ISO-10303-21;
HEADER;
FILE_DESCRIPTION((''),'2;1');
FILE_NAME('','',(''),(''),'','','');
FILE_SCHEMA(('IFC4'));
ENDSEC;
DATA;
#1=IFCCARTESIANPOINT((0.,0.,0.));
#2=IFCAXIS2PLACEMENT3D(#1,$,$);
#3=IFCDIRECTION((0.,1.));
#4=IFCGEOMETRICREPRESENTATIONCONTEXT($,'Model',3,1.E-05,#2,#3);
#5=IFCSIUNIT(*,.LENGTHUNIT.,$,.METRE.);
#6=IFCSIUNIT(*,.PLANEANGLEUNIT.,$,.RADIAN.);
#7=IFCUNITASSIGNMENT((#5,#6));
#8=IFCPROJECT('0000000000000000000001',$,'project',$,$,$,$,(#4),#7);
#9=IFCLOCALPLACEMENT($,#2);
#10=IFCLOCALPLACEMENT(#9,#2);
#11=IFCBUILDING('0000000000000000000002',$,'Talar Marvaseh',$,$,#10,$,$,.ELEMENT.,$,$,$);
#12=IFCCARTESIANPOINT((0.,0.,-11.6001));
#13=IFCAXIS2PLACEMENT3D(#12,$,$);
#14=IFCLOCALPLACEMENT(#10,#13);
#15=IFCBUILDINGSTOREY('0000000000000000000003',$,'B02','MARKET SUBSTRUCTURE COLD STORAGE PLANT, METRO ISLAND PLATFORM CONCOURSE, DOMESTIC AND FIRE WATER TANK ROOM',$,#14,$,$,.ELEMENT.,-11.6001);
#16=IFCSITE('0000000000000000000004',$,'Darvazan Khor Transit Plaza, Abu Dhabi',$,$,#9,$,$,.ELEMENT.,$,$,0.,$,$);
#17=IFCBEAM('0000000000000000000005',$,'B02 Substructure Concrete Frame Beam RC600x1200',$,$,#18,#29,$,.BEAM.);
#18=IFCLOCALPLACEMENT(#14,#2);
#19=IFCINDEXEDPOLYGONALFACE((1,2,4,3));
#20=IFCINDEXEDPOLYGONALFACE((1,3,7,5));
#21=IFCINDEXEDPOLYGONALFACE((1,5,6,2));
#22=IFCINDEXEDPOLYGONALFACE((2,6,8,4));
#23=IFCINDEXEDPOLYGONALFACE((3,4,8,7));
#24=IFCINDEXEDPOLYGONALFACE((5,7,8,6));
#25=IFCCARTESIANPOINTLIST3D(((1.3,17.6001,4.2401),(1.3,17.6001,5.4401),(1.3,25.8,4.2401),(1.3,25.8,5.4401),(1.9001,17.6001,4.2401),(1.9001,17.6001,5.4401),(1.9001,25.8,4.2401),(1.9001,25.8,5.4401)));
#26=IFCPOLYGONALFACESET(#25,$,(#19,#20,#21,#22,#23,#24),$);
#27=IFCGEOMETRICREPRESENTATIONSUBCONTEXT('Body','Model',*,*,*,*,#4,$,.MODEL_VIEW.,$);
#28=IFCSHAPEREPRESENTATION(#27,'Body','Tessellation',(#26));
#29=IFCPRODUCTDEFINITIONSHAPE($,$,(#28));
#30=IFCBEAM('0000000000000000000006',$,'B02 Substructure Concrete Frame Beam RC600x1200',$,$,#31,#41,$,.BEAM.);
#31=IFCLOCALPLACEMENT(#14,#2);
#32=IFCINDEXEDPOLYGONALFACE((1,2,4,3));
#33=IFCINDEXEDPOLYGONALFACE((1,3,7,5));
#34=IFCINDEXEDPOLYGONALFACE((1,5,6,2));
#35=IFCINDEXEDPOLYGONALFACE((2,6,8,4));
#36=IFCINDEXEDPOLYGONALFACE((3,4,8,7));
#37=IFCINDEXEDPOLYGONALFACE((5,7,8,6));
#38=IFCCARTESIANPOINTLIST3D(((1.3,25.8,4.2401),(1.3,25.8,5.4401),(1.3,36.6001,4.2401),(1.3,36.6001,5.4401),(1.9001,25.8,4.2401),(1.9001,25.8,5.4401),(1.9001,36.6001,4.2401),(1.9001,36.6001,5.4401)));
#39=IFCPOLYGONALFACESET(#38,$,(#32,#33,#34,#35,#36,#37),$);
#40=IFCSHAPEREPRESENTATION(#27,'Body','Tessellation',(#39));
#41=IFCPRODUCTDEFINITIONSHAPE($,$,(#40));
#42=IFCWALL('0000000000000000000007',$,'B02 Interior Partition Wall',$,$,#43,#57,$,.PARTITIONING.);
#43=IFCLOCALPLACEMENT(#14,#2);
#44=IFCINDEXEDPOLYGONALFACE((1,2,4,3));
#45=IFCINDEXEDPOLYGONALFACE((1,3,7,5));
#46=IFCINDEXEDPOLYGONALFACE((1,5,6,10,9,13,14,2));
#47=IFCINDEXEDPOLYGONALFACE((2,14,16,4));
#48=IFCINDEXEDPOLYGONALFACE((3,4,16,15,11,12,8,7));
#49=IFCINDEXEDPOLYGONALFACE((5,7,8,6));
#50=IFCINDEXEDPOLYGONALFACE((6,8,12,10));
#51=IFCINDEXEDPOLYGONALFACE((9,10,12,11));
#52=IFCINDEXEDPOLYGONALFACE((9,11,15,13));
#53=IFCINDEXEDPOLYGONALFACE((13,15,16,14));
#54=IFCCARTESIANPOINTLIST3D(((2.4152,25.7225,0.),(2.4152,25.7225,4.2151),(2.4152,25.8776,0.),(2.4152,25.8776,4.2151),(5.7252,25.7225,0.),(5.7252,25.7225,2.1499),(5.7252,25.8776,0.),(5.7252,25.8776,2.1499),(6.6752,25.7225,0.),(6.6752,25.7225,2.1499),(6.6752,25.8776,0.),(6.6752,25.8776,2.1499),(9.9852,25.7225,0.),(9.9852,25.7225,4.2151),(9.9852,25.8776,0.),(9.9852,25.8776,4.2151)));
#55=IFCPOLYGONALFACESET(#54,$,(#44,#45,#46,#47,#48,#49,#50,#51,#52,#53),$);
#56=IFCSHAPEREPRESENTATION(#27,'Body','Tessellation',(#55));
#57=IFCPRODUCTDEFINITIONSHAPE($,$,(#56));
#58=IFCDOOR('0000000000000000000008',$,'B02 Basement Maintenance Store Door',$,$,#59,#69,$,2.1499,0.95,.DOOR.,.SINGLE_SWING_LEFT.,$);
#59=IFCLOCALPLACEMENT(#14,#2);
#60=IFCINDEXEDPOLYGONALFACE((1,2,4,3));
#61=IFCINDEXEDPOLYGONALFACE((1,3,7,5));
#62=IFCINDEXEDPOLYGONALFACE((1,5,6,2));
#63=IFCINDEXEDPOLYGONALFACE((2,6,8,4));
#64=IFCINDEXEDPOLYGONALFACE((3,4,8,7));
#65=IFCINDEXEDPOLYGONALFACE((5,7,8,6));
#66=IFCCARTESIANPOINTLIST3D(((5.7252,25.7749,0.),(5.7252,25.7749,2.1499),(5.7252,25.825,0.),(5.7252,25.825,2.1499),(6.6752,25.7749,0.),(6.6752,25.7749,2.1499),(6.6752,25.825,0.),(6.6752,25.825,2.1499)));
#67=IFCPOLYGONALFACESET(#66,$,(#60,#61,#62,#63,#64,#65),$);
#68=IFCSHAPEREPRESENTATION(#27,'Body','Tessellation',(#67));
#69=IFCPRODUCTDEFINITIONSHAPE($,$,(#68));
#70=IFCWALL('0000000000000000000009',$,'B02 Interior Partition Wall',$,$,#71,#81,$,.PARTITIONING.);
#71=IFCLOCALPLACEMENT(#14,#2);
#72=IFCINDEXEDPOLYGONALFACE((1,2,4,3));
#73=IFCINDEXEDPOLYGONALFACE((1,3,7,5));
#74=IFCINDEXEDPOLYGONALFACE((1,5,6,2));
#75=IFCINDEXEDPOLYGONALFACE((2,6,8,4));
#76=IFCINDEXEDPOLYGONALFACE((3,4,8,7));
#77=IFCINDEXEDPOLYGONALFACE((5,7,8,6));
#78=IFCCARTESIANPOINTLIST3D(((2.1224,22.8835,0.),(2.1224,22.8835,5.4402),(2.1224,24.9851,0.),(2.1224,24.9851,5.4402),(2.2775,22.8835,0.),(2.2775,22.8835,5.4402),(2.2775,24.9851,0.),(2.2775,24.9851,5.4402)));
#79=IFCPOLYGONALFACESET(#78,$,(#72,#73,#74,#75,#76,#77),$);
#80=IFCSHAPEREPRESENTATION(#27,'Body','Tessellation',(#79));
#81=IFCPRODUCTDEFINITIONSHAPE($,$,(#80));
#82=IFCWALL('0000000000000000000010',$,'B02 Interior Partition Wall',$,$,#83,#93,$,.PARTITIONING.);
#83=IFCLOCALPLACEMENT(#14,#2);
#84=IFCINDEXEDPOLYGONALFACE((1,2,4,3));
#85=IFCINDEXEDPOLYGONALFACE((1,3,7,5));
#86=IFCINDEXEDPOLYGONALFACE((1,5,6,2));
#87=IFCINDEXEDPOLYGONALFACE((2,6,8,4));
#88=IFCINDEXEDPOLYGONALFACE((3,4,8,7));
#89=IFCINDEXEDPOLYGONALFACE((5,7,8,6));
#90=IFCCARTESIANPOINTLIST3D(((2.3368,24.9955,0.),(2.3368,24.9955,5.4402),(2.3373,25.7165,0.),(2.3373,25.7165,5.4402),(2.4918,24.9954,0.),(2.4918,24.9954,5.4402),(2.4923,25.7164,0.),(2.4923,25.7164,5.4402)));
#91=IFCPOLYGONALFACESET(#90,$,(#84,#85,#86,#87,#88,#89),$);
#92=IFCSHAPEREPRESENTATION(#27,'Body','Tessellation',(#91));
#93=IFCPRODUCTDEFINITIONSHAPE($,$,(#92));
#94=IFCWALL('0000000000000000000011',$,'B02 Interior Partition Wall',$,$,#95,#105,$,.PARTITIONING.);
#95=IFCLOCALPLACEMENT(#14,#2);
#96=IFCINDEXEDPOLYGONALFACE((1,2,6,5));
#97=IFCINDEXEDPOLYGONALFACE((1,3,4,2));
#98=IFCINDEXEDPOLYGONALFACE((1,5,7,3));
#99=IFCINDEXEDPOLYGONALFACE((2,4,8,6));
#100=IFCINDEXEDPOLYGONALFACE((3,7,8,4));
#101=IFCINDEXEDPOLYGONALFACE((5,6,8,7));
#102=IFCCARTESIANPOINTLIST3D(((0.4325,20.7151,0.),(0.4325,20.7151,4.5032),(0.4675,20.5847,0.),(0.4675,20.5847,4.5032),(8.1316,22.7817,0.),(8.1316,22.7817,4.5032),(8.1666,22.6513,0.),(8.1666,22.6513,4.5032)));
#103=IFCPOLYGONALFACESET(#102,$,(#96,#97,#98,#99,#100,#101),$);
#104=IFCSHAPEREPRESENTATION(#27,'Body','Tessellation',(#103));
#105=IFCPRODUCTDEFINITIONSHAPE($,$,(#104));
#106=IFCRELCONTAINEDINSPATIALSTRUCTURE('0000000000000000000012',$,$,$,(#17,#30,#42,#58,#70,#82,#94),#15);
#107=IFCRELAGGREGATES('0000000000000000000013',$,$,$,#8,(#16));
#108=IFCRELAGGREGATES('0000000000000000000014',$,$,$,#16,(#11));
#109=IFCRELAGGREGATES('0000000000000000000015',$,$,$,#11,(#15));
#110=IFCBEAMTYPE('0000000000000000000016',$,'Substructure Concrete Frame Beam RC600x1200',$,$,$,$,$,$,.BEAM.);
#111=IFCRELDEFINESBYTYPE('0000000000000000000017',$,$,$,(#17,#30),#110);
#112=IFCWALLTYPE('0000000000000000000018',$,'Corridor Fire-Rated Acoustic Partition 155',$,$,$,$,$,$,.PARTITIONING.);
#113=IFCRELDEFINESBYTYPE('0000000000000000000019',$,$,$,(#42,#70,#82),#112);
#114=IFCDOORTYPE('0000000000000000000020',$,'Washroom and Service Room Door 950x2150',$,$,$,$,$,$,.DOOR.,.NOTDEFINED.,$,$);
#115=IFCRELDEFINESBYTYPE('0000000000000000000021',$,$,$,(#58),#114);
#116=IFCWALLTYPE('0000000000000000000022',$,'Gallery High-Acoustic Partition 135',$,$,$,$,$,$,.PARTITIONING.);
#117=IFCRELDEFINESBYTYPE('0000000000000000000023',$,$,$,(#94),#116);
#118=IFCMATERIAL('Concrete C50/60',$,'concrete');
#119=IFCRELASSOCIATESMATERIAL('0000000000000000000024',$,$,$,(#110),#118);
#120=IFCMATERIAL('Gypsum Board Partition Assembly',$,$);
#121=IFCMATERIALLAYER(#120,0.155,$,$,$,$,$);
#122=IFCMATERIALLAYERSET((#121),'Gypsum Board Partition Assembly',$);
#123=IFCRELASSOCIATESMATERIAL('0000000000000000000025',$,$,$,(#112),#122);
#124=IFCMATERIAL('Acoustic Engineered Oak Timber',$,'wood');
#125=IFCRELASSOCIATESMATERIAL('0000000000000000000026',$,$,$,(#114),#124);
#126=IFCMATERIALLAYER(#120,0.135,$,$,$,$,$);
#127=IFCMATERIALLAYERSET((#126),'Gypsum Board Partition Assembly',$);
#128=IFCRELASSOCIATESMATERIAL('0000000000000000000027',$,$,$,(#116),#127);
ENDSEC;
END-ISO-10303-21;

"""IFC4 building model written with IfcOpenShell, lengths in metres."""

from ifc_helpers import new_model, si_unit, direction, frame, frame_2d, origin, origin_2d, place, context, subcontext, project, spatial, rectangle, extrude, source, transform, mapped, material, layer, layer_set, material_profile, profile_set, type_object, type_shapes, element, fill, save


model = new_model("IFC4")

# Units and contexts
model_context = context("Model", 3, precision=1e-05, world=origin(), true_north=direction((0.0, 1.0)))
body_context = subcontext(model_context, "Body", "Model", "MODEL_VIEW")
ifc_project = project(units=[si_unit("LENGTHUNIT", "METRE"), si_unit("PLANEANGLEUNIT", "RADIAN")], contexts=[model_context])

# Site, building, storey
site_placement = place(None, origin())
site = spatial("IfcSite", under=ifc_project, at=site_placement, Name="Darvazan Khor Transit Plaza, Abu Dhabi", CompositionType="ELEMENT", RefElevation=0.0)
building_placement = place(site_placement, origin())
building = spatial("IfcBuilding", under=site, at=building_placement, Name="Talar Marvaseh", CompositionType="ELEMENT")
storey_placement = place(building_placement, frame((0.0, 0.0, -11.6001)))
storey = spatial("IfcBuildingStorey", under=building, at=storey_placement, Name="B02", Description="MARKET SUBSTRUCTURE COLD STORAGE PLANT, METRO ISLAND PLATFORM CONCOURSE, DOMESTIC AND FIRE WATER TANK ROOM", CompositionType="ELEMENT", Elevation=-11.6001)

# Shared definitions
ifc_material_1 = material(Name="Concrete C50/60", Category="concrete")

# Beams
ifc_material_profile_1 = material_profile(ifc_material_1, rectangle(XDim=0.6001, YDim=1.2, at=origin_2d()), Name="RC600x1200")
ifc_profile_set_1 = profile_set([ifc_material_profile_1], Name="Concrete C50/60")
beam_type_1 = type_object("IfcBeamType", Name="Substructure Concrete Frame Beam RC600x1200", PredefinedType="BEAM", material=ifc_profile_set_1)
beam_1_placement = place(storey_placement, frame((1.6001, 17.6001, 4.8401), z_axis=(0.0, 1.0, 0.0), x_axis=(-1.0, 0.0, 0.0)))
element("IfcBeam", 1, at=beam_1_placement, inside=storey, type_object=beam_type_1, Name="B02 Substructure Concrete Frame Beam RC600x1200", PredefinedType="BEAM", context=body_context, shape_type="SweptSolid", body=[
    extrude(rectangle(XDim=0.6001, YDim=1.2, at=origin_2d()), origin(), (0.0, 0.0, 1.0), 8.2),
])
beam_2_placement = place(storey_placement, frame((1.6001, 25.8, 4.8401), z_axis=(0.0, 1.0, 0.0), x_axis=(-1.0, 0.0, 0.0)))
element("IfcBeam", 2, at=beam_2_placement, inside=storey, type_object=beam_type_1, Name="B02 Substructure Concrete Frame Beam RC600x1200", PredefinedType="BEAM", context=body_context, shape_type="SweptSolid", body=[
    extrude(rectangle(XDim=0.6001, YDim=1.2, at=origin_2d()), origin(), (0.0, 0.0, 1.0), 10.8),
])

# Wall, opening, door
ifc_material_2 = material(Name="Gypsum Board Partition Assembly")
ifc_layer_1 = layer(ifc_material_2, 0.155)
ifc_layer_set_1 = layer_set([ifc_layer_1], Name="Gypsum Board Partition Assembly")
wall_type_1 = type_object("IfcWallType", Name="Corridor Fire-Rated Acoustic Partition 155", PredefinedType="PARTITIONING", material=ifc_layer_set_1)
wall_1_placement = place(storey_placement, frame((2.415, 25.8, 0.0), z_axis=(0.0, 0.0, 1.0), x_axis=(1.0, 0.0, 0.0)))
wall_1 = element("IfcWall", 3, at=wall_1_placement, inside=storey, type_object=wall_type_1, Name="B02 Interior Partition Wall", PredefinedType="PARTITIONING", context=body_context, shape_type="SweptSolid", body=[
    extrude(rectangle(XDim=7.5701, YDim=0.155, at=frame_2d((3.7852, 0.0))), origin(), (0.0, 0.0, 1.0), 4.2151),
])
opening_placement = place(wall_1_placement, frame((3.3101, 0.0, 0.0)))
opening = element("IfcOpeningElement", 4, at=opening_placement, cuts=wall_1, PredefinedType="OPENING", context=body_context, shape_type="SweptSolid", body=[
    extrude(rectangle(XDim=0.95, YDim=2.1499, at=frame_2d((0.4751, 1.075))), frame((0.0, 0.0874, 0.0), z_axis=(0.0, -1.0, 0.0), x_axis=(1.0, 0.0, 0.0)), (0.0, 0.0, 1.0), 0.175),
])
ifc_material_3 = material(Name="Acoustic Engineered Oak Timber", Category="wood")
door_type = type_object("IfcDoorType", Name="Washroom and Service Room Door 950x2150", OperationType="NOTDEFINED", PredefinedType="DOOR", material=ifc_material_3)
shared_shape_1 = source(origin(), body_context, "Body", "SweptSolid", [
    extrude(rectangle(XDim=0.95, YDim=2.1499, at=frame_2d((0.4751, 1.075))), frame((0.0, 0.0249, 0.0), z_axis=(0.0, -1.0, 0.0), x_axis=(1.0, 0.0, 0.0)), (0.0, 0.0, 1.0), 0.05),
])
type_shapes(door_type, [shared_shape_1])
door_placement = place(opening_placement, origin())
door = element("IfcDoor", 5, at=door_placement, inside=storey, type_object=door_type, Name="B02 Basement Maintenance Store Door", OperationType="SINGLE_SWING_LEFT", OverallHeight=2.1499, OverallWidth=0.95, PredefinedType="DOOR", context=body_context, shape_type="MappedRepresentation", body=[
    mapped(shared_shape_1, transform((0.0, 0.0, 0.0), x_axis=(1.0, 0.0, 0.0), y_axis=(0.0, 1.0, 0.0), z_axis=(0.0, 0.0, 1.0), scale=1.0)),
])
fill(opening, door)

# Walls
wall_2_placement = place(storey_placement, frame((2.2, 22.8835, 0.0), z_axis=(0.0, 0.0, 1.0), x_axis=(0.0, 1.0, 0.0)))
element("IfcWall", 6, at=wall_2_placement, inside=storey, type_object=wall_type_1, Name="B02 Interior Partition Wall", PredefinedType="PARTITIONING", context=body_context, shape_type="SweptSolid", body=[
    extrude(rectangle(XDim=2.1016, YDim=0.155, at=frame_2d((1.0508, 0.0))), origin(), (0.0, 0.0, 1.0), 5.4402),
])
wall_3_placement = place(storey_placement, frame((2.4143, 24.9956, 0.0), z_axis=(0.0, 0.0, 1.0), x_axis=(0.000677, 1.0, 0.0)))
element("IfcWall", 7, at=wall_3_placement, inside=storey, type_object=wall_type_1, Name="B02 Interior Partition Wall", PredefinedType="PARTITIONING", context=body_context, shape_type="SweptSolid", body=[
    extrude(rectangle(XDim=0.7209, YDim=0.155, at=frame_2d((0.3604, 0.0))), origin(), (0.0, 0.0, 1.0), 5.4402),
])
ifc_layer_2 = layer(ifc_material_2, 0.135)
ifc_layer_set_2 = layer_set([ifc_layer_2], Name="Gypsum Board Partition Assembly")
wall_type_2 = type_object("IfcWallType", Name="Gallery High-Acoustic Partition 135", PredefinedType="PARTITIONING", material=ifc_layer_set_2)
wall_4_placement = place(storey_placement, frame((0.45, 20.6499, 0.0), z_axis=(0.0, 0.0, 1.0), x_axis=(0.965811, 0.259246, 0.0)))
element("IfcWall", 8, at=wall_4_placement, inside=storey, type_object=wall_type_2, Name="B02 Interior Partition Wall", PredefinedType="PARTITIONING", context=body_context, shape_type="SweptSolid", body=[
    extrude(rectangle(XDim=7.9717, YDim=0.135, at=frame_2d((3.9858, 0.0))), origin(), (0.0, 0.0, 1.0), 4.5032),
])

save(model, "model.ifc")
